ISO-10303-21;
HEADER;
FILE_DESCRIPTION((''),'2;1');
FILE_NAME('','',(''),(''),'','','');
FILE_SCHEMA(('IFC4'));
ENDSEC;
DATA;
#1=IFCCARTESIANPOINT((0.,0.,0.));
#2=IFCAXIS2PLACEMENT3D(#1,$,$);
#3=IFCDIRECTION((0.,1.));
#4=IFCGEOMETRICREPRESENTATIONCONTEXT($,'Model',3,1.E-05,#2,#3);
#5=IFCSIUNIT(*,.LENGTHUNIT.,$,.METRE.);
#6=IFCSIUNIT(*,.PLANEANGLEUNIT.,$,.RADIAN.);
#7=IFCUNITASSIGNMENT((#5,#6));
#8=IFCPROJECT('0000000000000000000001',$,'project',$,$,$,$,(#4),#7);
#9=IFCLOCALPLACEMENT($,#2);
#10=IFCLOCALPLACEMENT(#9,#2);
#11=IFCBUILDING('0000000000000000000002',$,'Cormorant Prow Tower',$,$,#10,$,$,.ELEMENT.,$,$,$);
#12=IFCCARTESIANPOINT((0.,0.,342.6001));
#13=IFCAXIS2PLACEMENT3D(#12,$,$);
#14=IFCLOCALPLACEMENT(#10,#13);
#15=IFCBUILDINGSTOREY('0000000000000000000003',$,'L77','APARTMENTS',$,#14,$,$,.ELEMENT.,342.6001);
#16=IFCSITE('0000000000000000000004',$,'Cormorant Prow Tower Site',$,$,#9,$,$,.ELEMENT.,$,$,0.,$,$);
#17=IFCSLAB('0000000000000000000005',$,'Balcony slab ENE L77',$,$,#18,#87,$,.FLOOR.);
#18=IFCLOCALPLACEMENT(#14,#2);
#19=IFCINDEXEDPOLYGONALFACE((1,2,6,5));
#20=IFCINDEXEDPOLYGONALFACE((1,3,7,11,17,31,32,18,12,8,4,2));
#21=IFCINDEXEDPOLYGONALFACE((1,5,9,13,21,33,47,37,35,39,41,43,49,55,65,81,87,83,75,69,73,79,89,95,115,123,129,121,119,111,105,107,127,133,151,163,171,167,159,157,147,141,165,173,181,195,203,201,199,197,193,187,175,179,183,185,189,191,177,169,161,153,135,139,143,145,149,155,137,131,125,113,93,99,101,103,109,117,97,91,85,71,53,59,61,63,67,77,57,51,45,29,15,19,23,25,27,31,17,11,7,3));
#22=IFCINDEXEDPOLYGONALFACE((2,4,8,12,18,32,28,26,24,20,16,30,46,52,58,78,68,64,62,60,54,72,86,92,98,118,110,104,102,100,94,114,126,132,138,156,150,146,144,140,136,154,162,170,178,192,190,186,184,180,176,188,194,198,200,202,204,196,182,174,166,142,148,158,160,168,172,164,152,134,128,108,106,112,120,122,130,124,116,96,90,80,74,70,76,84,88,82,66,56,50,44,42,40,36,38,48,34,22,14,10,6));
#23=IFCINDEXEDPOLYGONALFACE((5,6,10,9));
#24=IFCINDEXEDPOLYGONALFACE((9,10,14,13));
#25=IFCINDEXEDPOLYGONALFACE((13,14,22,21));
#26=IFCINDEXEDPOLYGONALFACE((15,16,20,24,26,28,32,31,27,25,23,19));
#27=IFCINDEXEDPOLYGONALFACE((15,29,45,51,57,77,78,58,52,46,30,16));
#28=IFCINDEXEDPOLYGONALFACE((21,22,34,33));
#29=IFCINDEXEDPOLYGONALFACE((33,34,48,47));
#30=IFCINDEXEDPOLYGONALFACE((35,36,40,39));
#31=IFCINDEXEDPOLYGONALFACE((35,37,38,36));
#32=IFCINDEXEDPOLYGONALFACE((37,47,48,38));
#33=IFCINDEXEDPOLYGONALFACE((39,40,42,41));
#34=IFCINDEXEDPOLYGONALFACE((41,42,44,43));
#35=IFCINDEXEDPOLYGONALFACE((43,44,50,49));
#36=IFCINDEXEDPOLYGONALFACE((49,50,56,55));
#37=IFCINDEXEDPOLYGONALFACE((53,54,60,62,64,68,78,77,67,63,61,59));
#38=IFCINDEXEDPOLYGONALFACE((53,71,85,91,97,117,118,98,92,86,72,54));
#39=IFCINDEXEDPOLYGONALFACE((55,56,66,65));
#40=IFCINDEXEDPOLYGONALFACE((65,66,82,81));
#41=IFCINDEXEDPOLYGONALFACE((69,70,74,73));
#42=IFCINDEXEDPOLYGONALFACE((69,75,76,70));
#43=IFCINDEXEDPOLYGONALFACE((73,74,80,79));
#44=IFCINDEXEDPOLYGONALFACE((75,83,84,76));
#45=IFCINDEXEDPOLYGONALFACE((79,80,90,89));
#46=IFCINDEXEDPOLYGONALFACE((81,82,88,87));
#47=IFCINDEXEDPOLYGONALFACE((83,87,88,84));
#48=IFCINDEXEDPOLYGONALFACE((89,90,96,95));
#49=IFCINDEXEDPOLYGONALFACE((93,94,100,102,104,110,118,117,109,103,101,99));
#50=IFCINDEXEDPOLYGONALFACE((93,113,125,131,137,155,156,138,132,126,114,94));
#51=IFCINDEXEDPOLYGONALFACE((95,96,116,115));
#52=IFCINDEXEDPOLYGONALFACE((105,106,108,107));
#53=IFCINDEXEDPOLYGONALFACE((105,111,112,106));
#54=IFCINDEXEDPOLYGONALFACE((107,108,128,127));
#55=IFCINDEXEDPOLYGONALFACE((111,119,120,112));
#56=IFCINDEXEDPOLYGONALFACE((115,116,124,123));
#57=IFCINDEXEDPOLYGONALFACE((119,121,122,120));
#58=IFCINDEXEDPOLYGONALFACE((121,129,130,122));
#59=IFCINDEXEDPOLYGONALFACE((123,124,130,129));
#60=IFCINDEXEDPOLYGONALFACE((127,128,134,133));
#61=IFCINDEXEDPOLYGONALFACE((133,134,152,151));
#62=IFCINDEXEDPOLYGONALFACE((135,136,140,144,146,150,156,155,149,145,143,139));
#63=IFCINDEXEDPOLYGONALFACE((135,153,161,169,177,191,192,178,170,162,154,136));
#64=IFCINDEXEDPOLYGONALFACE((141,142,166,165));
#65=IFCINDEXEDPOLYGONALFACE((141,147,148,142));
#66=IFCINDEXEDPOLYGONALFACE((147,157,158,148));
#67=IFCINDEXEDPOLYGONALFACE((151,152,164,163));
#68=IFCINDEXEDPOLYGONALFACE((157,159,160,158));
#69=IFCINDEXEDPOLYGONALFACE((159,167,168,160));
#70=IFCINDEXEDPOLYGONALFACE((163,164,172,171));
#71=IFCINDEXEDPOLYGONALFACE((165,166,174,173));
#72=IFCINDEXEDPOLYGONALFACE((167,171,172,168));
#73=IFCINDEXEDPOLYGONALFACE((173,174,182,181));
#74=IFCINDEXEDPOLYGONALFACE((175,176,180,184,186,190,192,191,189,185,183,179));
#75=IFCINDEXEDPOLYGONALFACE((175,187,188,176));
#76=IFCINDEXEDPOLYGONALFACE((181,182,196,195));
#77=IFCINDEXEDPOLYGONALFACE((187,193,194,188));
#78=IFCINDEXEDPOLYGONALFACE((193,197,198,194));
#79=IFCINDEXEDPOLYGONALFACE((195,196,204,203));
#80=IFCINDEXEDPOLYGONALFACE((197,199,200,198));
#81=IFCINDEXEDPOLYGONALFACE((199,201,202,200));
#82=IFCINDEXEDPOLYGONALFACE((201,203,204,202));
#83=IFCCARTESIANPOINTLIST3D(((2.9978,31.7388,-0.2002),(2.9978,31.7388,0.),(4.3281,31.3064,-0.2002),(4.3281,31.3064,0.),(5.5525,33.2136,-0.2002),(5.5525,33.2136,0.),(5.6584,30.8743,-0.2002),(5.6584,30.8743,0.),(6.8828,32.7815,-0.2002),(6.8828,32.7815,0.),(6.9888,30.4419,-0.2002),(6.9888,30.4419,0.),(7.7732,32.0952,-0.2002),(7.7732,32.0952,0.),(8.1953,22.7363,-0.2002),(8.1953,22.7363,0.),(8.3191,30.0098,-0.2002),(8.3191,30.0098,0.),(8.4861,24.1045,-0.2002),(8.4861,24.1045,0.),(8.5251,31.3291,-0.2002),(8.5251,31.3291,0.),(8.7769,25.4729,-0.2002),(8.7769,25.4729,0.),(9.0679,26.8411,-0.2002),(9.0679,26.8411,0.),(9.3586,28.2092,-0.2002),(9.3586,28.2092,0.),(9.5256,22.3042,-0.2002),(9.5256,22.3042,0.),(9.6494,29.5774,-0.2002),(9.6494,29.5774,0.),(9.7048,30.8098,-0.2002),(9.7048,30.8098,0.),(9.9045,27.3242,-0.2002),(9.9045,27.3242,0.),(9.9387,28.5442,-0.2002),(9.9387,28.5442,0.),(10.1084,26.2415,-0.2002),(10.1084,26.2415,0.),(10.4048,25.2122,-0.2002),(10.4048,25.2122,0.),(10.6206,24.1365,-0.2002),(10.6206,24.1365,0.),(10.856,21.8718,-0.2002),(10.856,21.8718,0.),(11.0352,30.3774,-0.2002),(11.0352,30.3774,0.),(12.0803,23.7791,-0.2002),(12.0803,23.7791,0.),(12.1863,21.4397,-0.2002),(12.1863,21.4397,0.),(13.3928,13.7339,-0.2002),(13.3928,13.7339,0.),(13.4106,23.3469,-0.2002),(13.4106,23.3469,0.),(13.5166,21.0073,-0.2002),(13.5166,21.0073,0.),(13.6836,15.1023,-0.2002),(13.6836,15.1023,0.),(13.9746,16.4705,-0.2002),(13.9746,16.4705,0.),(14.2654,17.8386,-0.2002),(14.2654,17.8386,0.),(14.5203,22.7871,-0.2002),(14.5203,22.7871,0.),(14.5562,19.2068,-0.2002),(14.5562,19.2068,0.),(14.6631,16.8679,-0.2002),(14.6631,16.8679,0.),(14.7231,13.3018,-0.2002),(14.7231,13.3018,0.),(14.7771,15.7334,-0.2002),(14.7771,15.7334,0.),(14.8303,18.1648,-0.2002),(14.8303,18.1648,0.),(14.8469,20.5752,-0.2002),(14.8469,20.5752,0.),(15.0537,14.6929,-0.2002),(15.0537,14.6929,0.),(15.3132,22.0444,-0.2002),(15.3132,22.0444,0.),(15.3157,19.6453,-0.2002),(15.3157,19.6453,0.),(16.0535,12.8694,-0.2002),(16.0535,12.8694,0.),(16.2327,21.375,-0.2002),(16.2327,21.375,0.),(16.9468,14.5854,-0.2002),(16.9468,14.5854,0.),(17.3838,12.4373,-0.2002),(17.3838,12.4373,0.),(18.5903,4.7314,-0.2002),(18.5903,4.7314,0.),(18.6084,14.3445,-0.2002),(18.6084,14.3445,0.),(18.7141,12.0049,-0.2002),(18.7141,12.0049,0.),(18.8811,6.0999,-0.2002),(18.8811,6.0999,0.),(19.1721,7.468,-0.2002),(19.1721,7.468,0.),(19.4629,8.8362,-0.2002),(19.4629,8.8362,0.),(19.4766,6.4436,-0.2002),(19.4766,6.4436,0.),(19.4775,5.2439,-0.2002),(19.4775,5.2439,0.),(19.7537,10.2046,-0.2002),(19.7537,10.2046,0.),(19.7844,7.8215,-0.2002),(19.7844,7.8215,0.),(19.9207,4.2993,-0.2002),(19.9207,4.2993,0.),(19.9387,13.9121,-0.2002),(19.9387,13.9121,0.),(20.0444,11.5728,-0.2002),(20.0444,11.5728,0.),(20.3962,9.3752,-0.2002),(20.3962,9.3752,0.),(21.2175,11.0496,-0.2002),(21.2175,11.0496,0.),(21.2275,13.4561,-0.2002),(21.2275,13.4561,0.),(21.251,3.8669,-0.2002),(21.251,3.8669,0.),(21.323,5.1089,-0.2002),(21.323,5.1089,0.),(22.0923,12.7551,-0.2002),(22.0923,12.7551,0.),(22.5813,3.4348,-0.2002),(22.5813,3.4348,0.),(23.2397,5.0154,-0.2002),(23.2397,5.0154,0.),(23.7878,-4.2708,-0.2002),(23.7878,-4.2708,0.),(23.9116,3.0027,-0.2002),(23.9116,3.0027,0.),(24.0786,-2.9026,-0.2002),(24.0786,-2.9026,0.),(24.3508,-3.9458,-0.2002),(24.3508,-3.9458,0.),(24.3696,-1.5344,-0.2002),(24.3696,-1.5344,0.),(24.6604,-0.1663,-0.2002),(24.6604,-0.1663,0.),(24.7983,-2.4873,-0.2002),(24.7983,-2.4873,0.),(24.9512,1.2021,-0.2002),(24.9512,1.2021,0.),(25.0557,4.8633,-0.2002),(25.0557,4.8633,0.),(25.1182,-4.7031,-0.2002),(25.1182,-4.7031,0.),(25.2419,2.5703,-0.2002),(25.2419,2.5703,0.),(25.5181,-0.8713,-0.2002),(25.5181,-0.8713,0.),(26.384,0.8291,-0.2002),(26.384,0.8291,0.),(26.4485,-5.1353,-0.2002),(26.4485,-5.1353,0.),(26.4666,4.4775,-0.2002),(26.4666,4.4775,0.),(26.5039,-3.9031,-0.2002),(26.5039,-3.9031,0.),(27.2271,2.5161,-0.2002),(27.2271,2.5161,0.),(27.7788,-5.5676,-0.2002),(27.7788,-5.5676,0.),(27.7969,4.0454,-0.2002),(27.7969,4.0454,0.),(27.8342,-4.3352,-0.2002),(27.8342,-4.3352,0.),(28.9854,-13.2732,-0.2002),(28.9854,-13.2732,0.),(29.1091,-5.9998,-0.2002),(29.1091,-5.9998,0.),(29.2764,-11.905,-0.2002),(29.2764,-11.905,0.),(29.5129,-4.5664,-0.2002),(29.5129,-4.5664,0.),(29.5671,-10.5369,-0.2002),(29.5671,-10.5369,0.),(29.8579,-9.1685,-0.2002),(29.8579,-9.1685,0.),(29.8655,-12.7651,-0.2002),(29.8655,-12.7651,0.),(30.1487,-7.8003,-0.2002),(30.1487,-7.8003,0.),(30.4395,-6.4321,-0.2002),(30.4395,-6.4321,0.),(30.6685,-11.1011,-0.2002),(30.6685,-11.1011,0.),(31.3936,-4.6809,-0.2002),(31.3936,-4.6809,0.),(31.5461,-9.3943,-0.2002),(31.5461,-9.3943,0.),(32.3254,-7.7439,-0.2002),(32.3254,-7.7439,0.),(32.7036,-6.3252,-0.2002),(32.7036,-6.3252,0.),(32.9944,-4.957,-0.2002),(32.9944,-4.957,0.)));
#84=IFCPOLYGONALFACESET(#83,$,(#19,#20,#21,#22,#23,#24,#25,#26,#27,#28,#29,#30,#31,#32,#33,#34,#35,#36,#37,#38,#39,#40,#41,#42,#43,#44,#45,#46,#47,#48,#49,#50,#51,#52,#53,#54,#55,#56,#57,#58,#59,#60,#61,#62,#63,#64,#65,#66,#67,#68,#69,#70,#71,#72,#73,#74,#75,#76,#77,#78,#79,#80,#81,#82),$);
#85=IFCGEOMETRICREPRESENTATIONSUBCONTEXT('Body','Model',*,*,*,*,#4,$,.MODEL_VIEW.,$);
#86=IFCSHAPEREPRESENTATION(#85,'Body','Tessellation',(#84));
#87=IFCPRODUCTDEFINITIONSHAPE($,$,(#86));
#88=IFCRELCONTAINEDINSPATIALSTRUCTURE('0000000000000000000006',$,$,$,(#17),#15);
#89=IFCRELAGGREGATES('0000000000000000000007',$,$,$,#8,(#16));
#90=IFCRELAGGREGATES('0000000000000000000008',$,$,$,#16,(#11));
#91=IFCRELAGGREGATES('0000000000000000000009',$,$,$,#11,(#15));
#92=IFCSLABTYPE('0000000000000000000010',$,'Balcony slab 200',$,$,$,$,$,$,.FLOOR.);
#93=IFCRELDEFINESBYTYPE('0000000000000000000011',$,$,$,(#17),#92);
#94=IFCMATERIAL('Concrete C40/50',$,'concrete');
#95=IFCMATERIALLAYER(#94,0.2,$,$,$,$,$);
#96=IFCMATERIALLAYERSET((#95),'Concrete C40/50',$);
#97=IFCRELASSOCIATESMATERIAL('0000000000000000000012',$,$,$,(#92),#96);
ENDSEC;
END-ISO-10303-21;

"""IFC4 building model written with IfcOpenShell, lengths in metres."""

from ifc_helpers import new_model, si_unit, direction, frame, origin, place, context, subcontext, project, spatial, polyline, outline, extrude, material, layer, layer_set, type_object, element, save


model = new_model("IFC4")

# Units and contexts
model_context = context("Model", 3, precision=1e-05, world=origin(), true_north=direction((0.0, 1.0)))
body_context = subcontext(model_context, "Body", "Model", "MODEL_VIEW")
ifc_project = project(units=[si_unit("LENGTHUNIT", "METRE"), si_unit("PLANEANGLEUNIT", "RADIAN")], contexts=[model_context])

# Site, building, storey
site_placement = place(None, origin())
site = spatial("IfcSite", under=ifc_project, at=site_placement, Name="Cormorant Prow Tower Site", CompositionType="ELEMENT", RefElevation=0.0)
building_placement = place(site_placement, origin())
building = spatial("IfcBuilding", under=site, at=building_placement, Name="Cormorant Prow Tower", CompositionType="ELEMENT")
storey_placement = place(building_placement, frame((0.0, 0.0, 342.6001)))
storey = spatial("IfcBuildingStorey", under=building, at=storey_placement, Name="L77", Description="APARTMENTS", CompositionType="ELEMENT", Elevation=342.6001)

# Slab
ifc_material_1 = material(Name="Concrete C40/50", Category="concrete")
ifc_layer_1 = layer(ifc_material_1, 0.2)
ifc_layer_set_1 = layer_set([ifc_layer_1], Name="Concrete C40/50")
slab_type_1 = type_object("IfcSlabType", Name="Balcony slab 200", PredefinedType="FLOOR", material=ifc_layer_set_1)
slab_1_placement = place(storey_placement, frame((0.0, 0.0, -0.2002)))
element("IfcSlab", 1, at=slab_1_placement, inside=storey, type_object=slab_type_1, Name="Balcony slab ENE L77", PredefinedType="FLOOR", context=body_context, shape_type="SweptSolid", body=[
    extrude(outline(polyline([(28.9854, -13.2732), (29.8655, -12.7651), (30.6685, -11.1011), (31.5461, -9.3943), (32.3254, -7.7439), (32.7036, -6.3252), (32.9944, -4.957), (31.3936, -4.6809), (29.5129, -4.5664), (27.8342, -4.3352), (26.5039, -3.9031), (24.3508, -3.9458), (24.7983, -2.4873), (25.5181, -0.8713), (26.384, 0.8291), (27.2271, 2.5161), (27.7969, 4.0454), (26.4666, 4.4775), (25.0557, 4.8633), (23.2397, 5.0154), (21.323, 5.1089), (19.4775, 5.2439), (19.4766, 6.4436), (19.7844, 7.8215), (20.3962, 9.3752), (21.2175, 11.0496), (22.0923, 12.7551), (21.2275, 13.4561), (19.9387, 13.9121), (18.6084, 14.3445), (16.9468, 14.5854), (15.0537, 14.6929), (14.7771, 15.7334), (14.6631, 16.8679), (14.8303, 18.1648), (15.3157, 19.6453), (16.2327, 21.375), (15.3132, 22.0444), (14.5203, 22.7871), (13.4106, 23.3469), (12.0803, 23.7791), (10.6206, 24.1365), (10.4048, 25.2122), (10.1084, 26.2415), (9.9045, 27.3242), (9.9387, 28.5442), (11.0352, 30.3774), (9.7048, 30.8098), (8.5251, 31.3291), (7.7732, 32.0952), (6.8828, 32.7815), (5.5525, 33.2136), (2.9978, 31.7388), (4.3281, 31.3064), (5.6584, 30.8743), (6.9888, 30.4419), (8.3191, 30.0098), (9.6494, 29.5774), (9.3586, 28.2092), (9.0679, 26.8411), (8.7769, 25.4729), (8.4861, 24.1045), (8.1953, 22.7363), (9.5256, 22.3042), (10.856, 21.8718), (12.1863, 21.4397), (13.5166, 21.0073), (14.8469, 20.5752), (14.5562, 19.2068), (14.2654, 17.8386), (13.9746, 16.4705), (13.6836, 15.1023), (13.3928, 13.7339), (14.7231, 13.3018), (16.0535, 12.8694), (17.3838, 12.4373), (18.7141, 12.0049), (20.0444, 11.5728), (19.7537, 10.2046), (19.4629, 8.8362), (19.1721, 7.468), (18.8811, 6.0999), (18.5903, 4.7314), (19.9207, 4.2993), (21.251, 3.8669), (22.5813, 3.4348), (23.9116, 3.0027), (25.2419, 2.5703), (24.9512, 1.2021), (24.6604, -0.1663), (24.3696, -1.5344), (24.0786, -2.9026), (23.7878, -4.2708), (25.1182, -4.7031), (26.4485, -5.1353), (27.7788, -5.5676), (29.1091, -5.9998), (30.4395, -6.4321), (30.1487, -7.8003), (29.8579, -9.1685), (29.5671, -10.5369), (29.2764, -11.905), (28.9854, -13.2732)])), origin(), (0.0, 0.0, 1.0), 0.2002),
])

save(model, "model.ifc")
